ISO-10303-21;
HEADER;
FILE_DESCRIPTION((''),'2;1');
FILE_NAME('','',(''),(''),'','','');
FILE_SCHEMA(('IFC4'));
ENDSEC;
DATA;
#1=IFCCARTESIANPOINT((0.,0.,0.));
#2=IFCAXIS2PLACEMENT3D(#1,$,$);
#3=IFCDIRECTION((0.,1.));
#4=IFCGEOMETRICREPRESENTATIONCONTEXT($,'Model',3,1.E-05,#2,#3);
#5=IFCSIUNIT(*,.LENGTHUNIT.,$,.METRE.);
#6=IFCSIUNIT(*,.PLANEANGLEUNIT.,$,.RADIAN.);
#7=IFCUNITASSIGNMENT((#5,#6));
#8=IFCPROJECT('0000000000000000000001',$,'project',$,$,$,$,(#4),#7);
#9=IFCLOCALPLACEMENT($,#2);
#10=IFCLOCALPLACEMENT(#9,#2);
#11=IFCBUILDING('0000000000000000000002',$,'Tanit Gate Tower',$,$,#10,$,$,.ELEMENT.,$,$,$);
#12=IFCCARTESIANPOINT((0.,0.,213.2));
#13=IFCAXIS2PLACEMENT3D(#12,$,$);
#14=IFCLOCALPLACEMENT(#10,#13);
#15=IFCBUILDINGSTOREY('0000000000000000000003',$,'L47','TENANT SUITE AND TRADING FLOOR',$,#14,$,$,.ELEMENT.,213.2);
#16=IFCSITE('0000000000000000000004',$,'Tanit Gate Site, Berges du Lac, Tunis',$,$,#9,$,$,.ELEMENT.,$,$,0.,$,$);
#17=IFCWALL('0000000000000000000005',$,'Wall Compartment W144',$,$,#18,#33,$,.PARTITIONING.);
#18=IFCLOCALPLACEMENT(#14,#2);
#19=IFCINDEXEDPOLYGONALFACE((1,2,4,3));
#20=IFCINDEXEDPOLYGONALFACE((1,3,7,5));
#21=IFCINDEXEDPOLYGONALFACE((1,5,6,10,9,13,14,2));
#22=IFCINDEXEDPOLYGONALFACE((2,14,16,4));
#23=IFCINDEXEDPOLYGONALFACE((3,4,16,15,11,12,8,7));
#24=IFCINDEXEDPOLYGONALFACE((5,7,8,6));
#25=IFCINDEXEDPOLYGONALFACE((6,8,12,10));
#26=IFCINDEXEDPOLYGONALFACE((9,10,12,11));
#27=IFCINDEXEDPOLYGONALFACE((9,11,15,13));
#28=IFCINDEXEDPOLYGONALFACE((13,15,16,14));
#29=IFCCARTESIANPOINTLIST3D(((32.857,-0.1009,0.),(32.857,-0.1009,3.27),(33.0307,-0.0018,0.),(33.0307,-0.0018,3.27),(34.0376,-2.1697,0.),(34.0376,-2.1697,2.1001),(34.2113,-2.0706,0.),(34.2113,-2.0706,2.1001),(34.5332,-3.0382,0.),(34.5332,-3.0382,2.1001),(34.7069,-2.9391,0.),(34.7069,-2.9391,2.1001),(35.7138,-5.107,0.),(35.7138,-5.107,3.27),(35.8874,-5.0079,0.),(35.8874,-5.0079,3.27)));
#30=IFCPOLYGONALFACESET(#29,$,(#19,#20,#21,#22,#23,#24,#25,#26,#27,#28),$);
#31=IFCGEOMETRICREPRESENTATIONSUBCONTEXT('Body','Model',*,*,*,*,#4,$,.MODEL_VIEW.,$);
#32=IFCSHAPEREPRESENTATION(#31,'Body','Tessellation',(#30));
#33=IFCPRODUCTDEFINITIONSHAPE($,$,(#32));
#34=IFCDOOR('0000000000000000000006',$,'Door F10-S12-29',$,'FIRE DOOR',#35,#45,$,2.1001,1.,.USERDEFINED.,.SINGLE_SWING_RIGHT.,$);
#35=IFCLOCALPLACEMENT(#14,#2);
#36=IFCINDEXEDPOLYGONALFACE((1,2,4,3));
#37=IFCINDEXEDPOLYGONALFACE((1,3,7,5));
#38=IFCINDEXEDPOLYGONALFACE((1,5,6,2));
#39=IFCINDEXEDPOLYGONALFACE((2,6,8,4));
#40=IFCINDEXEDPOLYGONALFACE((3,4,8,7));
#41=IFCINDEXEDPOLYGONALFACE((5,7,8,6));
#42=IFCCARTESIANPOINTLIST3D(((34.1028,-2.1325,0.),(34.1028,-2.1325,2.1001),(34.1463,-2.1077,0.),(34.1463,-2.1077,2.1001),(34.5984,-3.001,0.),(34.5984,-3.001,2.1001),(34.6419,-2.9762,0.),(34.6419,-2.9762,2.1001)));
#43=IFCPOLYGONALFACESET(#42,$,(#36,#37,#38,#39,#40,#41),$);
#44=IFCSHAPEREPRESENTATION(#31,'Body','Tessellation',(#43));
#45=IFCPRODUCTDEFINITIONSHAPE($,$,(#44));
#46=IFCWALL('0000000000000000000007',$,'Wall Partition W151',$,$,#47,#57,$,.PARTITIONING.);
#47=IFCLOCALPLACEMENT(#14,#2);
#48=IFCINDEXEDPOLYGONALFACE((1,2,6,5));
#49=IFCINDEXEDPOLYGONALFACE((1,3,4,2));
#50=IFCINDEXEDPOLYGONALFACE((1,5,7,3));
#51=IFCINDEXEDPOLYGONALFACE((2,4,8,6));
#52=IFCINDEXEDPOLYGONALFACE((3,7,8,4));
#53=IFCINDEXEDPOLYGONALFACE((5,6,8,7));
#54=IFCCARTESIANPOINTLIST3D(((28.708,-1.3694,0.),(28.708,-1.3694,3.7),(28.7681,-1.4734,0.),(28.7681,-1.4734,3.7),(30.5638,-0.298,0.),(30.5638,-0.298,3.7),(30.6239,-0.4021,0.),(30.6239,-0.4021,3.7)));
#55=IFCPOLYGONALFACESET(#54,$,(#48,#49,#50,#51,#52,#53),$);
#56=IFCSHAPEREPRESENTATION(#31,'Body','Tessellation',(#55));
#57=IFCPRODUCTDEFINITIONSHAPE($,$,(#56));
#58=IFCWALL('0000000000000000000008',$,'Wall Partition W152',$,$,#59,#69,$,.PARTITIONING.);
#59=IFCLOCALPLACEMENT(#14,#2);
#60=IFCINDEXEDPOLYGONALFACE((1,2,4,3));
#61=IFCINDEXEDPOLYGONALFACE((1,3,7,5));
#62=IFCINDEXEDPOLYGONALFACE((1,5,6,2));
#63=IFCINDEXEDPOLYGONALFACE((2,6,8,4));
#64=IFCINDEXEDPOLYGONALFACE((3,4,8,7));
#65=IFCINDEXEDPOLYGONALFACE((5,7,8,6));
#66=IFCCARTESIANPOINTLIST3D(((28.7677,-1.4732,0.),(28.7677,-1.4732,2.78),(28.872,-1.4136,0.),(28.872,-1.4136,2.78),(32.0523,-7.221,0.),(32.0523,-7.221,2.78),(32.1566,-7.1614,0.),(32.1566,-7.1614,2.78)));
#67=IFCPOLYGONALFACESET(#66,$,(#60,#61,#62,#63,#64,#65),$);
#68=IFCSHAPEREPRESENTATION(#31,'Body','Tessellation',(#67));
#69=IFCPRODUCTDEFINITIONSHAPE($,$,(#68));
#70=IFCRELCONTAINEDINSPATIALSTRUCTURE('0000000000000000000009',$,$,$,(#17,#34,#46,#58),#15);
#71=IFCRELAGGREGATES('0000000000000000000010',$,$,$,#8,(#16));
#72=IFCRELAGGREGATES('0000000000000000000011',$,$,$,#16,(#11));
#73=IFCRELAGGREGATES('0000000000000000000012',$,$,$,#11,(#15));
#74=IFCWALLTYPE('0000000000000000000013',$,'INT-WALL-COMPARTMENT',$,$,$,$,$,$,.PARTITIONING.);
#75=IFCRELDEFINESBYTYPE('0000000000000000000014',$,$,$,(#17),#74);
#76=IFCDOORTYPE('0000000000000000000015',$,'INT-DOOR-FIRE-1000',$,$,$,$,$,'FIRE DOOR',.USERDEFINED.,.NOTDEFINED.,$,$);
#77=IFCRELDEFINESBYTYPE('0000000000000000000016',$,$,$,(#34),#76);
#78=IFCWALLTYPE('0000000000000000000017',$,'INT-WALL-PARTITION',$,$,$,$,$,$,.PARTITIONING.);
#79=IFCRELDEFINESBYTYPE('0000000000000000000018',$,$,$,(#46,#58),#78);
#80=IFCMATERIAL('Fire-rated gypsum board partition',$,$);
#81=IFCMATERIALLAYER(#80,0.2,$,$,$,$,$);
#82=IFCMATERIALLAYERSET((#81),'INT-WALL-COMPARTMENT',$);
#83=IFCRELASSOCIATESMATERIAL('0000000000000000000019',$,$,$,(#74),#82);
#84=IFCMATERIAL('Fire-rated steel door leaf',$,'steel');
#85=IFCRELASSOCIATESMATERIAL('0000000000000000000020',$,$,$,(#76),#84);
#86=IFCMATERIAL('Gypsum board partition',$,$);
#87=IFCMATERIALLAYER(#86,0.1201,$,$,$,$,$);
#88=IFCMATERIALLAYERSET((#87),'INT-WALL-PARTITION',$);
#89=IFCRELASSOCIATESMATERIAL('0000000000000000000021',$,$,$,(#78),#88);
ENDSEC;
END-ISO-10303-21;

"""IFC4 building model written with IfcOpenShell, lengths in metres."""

from ifc_helpers import new_model, si_unit, direction, frame, frame_2d, origin, place, context, subcontext, project, spatial, rectangle, extrude, material, layer, layer_set, type_object, element, fill, save


model = new_model("IFC4")

# Units and contexts
model_context = context("Model", 3, precision=1e-05, world=origin(), true_north=direction((0.0, 1.0)))
body_context = subcontext(model_context, "Body", "Model", "MODEL_VIEW")
ifc_project = project(units=[si_unit("LENGTHUNIT", "METRE"), si_unit("PLANEANGLEUNIT", "RADIAN")], contexts=[model_context])

# Site, building, storey
site_placement = place(None, origin())
site = spatial("IfcSite", under=ifc_project, at=site_placement, Name="Tanit Gate Site, Berges du Lac, Tunis", CompositionType="ELEMENT", RefElevation=0.0)
building_placement = place(site_placement, origin())
building = spatial("IfcBuilding", under=site, at=building_placement, Name="Tanit Gate Tower", CompositionType="ELEMENT")
storey_placement = place(building_placement, frame((0.0, 0.0, 213.2)))
storey = spatial("IfcBuildingStorey", under=building, at=storey_placement, Name="L47", Description="TENANT SUITE AND TRADING FLOOR", CompositionType="ELEMENT", Elevation=213.2)

# Shared definitions
ifc_material_1 = material(Name="Fire-rated gypsum board partition")
ifc_layer_1 = layer(ifc_material_1, 0.2)
ifc_layer_set_1 = layer_set([ifc_layer_1], Name="INT-WALL-COMPARTMENT")
wall_type_1 = type_object("IfcWallType", Name="INT-WALL-COMPARTMENT", PredefinedType="PARTITIONING", material=ifc_layer_set_1)

# Wall, opening, door
wall_1_placement = place(storey_placement, frame((35.8005, -5.0574, 0.0), z_axis=(0.0, 0.0, 1.0), x_axis=(-0.495623, 0.868538, 0.0)))
wall_1 = element("IfcWall", 1, at=wall_1_placement, inside=storey, type_object=wall_type_1, Name="Wall Compartment W144", PredefinedType="PARTITIONING", context=body_context, shape_type="SweptSolid", body=[
    extrude(rectangle(XDim=5.7639, YDim=0.2, at=frame_2d((2.8818, 0.0))), origin(), (0.0, 0.0, 1.0), 3.27),
])
opening_placement = place(wall_1_placement, frame((2.3818, 0.0, 0.0)))
opening = element("IfcOpeningElement", 2, at=opening_placement, cuts=wall_1, PredefinedType="OPENING", context=body_context, shape_type="SweptSolid", body=[
    extrude(rectangle(XDim=1.0, YDim=2.1001, at=frame_2d((0.5, 1.05))), frame((0.0, 0.1099, 0.0), z_axis=(0.0, -1.0, 0.0), x_axis=(1.0, 0.0, 0.0)), (0.0, 0.0, 1.0), 0.22),
])
ifc_material_2 = material(Name="Fire-rated steel door leaf", Category="steel")
door_type = type_object("IfcDoorType", Name="INT-DOOR-FIRE-1000", ElementType="FIRE DOOR", OperationType="NOTDEFINED", PredefinedType="USERDEFINED", material=ifc_material_2)
door_placement = place(opening_placement, origin())
door = element("IfcDoor", 3, at=door_placement, inside=storey, type_object=door_type, Name="Door F10-S12-29", ObjectType="FIRE DOOR", OperationType="SINGLE_SWING_RIGHT", OverallHeight=2.1001, OverallWidth=1.0, PredefinedType="USERDEFINED", context=body_context, shape_type="SweptSolid", body=[
    extrude(rectangle(XDim=1.0, YDim=2.1001, at=frame_2d((0.5, 1.05))), frame((0.0, 0.0249, 0.0), z_axis=(0.0, -1.0, 0.0), x_axis=(1.0, 0.0, 0.0)), (0.0, 0.0, 1.0), 0.05),
])
fill(opening, door)

# Walls
ifc_material_3 = material(Name="Gypsum board partition")
ifc_layer_2 = layer(ifc_material_3, 0.1201)
ifc_layer_set_2 = layer_set([ifc_layer_2], Name="INT-WALL-PARTITION")
wall_type_2 = type_object("IfcWallType", Name="INT-WALL-PARTITION", PredefinedType="PARTITIONING", material=ifc_layer_set_2)
wall_2_placement = place(storey_placement, frame((30.5938, -0.3501, 0.0), z_axis=(0.0, 0.0, 1.0), x_axis=(-0.866047, -0.499962, 0.0)))
element("IfcWall", 4, at=wall_2_placement, inside=storey, type_object=wall_type_2, Name="Wall Partition W151", PredefinedType="PARTITIONING", context=body_context, shape_type="SweptSolid", body=[
    extrude(rectangle(XDim=2.1428, YDim=0.1201, at=frame_2d((1.0713, 0.0))), origin(), (0.0, 0.0, 1.0), 3.7),
])
wall_3_placement = place(storey_placement, frame((32.1045, -7.1912, 0.0), z_axis=(0.0, 0.0, 1.0), x_axis=(-0.496163, 0.86823, 0.0)))
element("IfcWall", 5, at=wall_3_placement, inside=storey, type_object=wall_type_2, Name="Wall Partition W152", PredefinedType="PARTITIONING", context=body_context, shape_type="SweptSolid", body=[
    extrude(rectangle(XDim=6.6201, YDim=0.1201, at=frame_2d((3.3101, 0.0))), origin(), (0.0, 0.0, 1.0), 2.78),
])

save(model, "model.ifc")
